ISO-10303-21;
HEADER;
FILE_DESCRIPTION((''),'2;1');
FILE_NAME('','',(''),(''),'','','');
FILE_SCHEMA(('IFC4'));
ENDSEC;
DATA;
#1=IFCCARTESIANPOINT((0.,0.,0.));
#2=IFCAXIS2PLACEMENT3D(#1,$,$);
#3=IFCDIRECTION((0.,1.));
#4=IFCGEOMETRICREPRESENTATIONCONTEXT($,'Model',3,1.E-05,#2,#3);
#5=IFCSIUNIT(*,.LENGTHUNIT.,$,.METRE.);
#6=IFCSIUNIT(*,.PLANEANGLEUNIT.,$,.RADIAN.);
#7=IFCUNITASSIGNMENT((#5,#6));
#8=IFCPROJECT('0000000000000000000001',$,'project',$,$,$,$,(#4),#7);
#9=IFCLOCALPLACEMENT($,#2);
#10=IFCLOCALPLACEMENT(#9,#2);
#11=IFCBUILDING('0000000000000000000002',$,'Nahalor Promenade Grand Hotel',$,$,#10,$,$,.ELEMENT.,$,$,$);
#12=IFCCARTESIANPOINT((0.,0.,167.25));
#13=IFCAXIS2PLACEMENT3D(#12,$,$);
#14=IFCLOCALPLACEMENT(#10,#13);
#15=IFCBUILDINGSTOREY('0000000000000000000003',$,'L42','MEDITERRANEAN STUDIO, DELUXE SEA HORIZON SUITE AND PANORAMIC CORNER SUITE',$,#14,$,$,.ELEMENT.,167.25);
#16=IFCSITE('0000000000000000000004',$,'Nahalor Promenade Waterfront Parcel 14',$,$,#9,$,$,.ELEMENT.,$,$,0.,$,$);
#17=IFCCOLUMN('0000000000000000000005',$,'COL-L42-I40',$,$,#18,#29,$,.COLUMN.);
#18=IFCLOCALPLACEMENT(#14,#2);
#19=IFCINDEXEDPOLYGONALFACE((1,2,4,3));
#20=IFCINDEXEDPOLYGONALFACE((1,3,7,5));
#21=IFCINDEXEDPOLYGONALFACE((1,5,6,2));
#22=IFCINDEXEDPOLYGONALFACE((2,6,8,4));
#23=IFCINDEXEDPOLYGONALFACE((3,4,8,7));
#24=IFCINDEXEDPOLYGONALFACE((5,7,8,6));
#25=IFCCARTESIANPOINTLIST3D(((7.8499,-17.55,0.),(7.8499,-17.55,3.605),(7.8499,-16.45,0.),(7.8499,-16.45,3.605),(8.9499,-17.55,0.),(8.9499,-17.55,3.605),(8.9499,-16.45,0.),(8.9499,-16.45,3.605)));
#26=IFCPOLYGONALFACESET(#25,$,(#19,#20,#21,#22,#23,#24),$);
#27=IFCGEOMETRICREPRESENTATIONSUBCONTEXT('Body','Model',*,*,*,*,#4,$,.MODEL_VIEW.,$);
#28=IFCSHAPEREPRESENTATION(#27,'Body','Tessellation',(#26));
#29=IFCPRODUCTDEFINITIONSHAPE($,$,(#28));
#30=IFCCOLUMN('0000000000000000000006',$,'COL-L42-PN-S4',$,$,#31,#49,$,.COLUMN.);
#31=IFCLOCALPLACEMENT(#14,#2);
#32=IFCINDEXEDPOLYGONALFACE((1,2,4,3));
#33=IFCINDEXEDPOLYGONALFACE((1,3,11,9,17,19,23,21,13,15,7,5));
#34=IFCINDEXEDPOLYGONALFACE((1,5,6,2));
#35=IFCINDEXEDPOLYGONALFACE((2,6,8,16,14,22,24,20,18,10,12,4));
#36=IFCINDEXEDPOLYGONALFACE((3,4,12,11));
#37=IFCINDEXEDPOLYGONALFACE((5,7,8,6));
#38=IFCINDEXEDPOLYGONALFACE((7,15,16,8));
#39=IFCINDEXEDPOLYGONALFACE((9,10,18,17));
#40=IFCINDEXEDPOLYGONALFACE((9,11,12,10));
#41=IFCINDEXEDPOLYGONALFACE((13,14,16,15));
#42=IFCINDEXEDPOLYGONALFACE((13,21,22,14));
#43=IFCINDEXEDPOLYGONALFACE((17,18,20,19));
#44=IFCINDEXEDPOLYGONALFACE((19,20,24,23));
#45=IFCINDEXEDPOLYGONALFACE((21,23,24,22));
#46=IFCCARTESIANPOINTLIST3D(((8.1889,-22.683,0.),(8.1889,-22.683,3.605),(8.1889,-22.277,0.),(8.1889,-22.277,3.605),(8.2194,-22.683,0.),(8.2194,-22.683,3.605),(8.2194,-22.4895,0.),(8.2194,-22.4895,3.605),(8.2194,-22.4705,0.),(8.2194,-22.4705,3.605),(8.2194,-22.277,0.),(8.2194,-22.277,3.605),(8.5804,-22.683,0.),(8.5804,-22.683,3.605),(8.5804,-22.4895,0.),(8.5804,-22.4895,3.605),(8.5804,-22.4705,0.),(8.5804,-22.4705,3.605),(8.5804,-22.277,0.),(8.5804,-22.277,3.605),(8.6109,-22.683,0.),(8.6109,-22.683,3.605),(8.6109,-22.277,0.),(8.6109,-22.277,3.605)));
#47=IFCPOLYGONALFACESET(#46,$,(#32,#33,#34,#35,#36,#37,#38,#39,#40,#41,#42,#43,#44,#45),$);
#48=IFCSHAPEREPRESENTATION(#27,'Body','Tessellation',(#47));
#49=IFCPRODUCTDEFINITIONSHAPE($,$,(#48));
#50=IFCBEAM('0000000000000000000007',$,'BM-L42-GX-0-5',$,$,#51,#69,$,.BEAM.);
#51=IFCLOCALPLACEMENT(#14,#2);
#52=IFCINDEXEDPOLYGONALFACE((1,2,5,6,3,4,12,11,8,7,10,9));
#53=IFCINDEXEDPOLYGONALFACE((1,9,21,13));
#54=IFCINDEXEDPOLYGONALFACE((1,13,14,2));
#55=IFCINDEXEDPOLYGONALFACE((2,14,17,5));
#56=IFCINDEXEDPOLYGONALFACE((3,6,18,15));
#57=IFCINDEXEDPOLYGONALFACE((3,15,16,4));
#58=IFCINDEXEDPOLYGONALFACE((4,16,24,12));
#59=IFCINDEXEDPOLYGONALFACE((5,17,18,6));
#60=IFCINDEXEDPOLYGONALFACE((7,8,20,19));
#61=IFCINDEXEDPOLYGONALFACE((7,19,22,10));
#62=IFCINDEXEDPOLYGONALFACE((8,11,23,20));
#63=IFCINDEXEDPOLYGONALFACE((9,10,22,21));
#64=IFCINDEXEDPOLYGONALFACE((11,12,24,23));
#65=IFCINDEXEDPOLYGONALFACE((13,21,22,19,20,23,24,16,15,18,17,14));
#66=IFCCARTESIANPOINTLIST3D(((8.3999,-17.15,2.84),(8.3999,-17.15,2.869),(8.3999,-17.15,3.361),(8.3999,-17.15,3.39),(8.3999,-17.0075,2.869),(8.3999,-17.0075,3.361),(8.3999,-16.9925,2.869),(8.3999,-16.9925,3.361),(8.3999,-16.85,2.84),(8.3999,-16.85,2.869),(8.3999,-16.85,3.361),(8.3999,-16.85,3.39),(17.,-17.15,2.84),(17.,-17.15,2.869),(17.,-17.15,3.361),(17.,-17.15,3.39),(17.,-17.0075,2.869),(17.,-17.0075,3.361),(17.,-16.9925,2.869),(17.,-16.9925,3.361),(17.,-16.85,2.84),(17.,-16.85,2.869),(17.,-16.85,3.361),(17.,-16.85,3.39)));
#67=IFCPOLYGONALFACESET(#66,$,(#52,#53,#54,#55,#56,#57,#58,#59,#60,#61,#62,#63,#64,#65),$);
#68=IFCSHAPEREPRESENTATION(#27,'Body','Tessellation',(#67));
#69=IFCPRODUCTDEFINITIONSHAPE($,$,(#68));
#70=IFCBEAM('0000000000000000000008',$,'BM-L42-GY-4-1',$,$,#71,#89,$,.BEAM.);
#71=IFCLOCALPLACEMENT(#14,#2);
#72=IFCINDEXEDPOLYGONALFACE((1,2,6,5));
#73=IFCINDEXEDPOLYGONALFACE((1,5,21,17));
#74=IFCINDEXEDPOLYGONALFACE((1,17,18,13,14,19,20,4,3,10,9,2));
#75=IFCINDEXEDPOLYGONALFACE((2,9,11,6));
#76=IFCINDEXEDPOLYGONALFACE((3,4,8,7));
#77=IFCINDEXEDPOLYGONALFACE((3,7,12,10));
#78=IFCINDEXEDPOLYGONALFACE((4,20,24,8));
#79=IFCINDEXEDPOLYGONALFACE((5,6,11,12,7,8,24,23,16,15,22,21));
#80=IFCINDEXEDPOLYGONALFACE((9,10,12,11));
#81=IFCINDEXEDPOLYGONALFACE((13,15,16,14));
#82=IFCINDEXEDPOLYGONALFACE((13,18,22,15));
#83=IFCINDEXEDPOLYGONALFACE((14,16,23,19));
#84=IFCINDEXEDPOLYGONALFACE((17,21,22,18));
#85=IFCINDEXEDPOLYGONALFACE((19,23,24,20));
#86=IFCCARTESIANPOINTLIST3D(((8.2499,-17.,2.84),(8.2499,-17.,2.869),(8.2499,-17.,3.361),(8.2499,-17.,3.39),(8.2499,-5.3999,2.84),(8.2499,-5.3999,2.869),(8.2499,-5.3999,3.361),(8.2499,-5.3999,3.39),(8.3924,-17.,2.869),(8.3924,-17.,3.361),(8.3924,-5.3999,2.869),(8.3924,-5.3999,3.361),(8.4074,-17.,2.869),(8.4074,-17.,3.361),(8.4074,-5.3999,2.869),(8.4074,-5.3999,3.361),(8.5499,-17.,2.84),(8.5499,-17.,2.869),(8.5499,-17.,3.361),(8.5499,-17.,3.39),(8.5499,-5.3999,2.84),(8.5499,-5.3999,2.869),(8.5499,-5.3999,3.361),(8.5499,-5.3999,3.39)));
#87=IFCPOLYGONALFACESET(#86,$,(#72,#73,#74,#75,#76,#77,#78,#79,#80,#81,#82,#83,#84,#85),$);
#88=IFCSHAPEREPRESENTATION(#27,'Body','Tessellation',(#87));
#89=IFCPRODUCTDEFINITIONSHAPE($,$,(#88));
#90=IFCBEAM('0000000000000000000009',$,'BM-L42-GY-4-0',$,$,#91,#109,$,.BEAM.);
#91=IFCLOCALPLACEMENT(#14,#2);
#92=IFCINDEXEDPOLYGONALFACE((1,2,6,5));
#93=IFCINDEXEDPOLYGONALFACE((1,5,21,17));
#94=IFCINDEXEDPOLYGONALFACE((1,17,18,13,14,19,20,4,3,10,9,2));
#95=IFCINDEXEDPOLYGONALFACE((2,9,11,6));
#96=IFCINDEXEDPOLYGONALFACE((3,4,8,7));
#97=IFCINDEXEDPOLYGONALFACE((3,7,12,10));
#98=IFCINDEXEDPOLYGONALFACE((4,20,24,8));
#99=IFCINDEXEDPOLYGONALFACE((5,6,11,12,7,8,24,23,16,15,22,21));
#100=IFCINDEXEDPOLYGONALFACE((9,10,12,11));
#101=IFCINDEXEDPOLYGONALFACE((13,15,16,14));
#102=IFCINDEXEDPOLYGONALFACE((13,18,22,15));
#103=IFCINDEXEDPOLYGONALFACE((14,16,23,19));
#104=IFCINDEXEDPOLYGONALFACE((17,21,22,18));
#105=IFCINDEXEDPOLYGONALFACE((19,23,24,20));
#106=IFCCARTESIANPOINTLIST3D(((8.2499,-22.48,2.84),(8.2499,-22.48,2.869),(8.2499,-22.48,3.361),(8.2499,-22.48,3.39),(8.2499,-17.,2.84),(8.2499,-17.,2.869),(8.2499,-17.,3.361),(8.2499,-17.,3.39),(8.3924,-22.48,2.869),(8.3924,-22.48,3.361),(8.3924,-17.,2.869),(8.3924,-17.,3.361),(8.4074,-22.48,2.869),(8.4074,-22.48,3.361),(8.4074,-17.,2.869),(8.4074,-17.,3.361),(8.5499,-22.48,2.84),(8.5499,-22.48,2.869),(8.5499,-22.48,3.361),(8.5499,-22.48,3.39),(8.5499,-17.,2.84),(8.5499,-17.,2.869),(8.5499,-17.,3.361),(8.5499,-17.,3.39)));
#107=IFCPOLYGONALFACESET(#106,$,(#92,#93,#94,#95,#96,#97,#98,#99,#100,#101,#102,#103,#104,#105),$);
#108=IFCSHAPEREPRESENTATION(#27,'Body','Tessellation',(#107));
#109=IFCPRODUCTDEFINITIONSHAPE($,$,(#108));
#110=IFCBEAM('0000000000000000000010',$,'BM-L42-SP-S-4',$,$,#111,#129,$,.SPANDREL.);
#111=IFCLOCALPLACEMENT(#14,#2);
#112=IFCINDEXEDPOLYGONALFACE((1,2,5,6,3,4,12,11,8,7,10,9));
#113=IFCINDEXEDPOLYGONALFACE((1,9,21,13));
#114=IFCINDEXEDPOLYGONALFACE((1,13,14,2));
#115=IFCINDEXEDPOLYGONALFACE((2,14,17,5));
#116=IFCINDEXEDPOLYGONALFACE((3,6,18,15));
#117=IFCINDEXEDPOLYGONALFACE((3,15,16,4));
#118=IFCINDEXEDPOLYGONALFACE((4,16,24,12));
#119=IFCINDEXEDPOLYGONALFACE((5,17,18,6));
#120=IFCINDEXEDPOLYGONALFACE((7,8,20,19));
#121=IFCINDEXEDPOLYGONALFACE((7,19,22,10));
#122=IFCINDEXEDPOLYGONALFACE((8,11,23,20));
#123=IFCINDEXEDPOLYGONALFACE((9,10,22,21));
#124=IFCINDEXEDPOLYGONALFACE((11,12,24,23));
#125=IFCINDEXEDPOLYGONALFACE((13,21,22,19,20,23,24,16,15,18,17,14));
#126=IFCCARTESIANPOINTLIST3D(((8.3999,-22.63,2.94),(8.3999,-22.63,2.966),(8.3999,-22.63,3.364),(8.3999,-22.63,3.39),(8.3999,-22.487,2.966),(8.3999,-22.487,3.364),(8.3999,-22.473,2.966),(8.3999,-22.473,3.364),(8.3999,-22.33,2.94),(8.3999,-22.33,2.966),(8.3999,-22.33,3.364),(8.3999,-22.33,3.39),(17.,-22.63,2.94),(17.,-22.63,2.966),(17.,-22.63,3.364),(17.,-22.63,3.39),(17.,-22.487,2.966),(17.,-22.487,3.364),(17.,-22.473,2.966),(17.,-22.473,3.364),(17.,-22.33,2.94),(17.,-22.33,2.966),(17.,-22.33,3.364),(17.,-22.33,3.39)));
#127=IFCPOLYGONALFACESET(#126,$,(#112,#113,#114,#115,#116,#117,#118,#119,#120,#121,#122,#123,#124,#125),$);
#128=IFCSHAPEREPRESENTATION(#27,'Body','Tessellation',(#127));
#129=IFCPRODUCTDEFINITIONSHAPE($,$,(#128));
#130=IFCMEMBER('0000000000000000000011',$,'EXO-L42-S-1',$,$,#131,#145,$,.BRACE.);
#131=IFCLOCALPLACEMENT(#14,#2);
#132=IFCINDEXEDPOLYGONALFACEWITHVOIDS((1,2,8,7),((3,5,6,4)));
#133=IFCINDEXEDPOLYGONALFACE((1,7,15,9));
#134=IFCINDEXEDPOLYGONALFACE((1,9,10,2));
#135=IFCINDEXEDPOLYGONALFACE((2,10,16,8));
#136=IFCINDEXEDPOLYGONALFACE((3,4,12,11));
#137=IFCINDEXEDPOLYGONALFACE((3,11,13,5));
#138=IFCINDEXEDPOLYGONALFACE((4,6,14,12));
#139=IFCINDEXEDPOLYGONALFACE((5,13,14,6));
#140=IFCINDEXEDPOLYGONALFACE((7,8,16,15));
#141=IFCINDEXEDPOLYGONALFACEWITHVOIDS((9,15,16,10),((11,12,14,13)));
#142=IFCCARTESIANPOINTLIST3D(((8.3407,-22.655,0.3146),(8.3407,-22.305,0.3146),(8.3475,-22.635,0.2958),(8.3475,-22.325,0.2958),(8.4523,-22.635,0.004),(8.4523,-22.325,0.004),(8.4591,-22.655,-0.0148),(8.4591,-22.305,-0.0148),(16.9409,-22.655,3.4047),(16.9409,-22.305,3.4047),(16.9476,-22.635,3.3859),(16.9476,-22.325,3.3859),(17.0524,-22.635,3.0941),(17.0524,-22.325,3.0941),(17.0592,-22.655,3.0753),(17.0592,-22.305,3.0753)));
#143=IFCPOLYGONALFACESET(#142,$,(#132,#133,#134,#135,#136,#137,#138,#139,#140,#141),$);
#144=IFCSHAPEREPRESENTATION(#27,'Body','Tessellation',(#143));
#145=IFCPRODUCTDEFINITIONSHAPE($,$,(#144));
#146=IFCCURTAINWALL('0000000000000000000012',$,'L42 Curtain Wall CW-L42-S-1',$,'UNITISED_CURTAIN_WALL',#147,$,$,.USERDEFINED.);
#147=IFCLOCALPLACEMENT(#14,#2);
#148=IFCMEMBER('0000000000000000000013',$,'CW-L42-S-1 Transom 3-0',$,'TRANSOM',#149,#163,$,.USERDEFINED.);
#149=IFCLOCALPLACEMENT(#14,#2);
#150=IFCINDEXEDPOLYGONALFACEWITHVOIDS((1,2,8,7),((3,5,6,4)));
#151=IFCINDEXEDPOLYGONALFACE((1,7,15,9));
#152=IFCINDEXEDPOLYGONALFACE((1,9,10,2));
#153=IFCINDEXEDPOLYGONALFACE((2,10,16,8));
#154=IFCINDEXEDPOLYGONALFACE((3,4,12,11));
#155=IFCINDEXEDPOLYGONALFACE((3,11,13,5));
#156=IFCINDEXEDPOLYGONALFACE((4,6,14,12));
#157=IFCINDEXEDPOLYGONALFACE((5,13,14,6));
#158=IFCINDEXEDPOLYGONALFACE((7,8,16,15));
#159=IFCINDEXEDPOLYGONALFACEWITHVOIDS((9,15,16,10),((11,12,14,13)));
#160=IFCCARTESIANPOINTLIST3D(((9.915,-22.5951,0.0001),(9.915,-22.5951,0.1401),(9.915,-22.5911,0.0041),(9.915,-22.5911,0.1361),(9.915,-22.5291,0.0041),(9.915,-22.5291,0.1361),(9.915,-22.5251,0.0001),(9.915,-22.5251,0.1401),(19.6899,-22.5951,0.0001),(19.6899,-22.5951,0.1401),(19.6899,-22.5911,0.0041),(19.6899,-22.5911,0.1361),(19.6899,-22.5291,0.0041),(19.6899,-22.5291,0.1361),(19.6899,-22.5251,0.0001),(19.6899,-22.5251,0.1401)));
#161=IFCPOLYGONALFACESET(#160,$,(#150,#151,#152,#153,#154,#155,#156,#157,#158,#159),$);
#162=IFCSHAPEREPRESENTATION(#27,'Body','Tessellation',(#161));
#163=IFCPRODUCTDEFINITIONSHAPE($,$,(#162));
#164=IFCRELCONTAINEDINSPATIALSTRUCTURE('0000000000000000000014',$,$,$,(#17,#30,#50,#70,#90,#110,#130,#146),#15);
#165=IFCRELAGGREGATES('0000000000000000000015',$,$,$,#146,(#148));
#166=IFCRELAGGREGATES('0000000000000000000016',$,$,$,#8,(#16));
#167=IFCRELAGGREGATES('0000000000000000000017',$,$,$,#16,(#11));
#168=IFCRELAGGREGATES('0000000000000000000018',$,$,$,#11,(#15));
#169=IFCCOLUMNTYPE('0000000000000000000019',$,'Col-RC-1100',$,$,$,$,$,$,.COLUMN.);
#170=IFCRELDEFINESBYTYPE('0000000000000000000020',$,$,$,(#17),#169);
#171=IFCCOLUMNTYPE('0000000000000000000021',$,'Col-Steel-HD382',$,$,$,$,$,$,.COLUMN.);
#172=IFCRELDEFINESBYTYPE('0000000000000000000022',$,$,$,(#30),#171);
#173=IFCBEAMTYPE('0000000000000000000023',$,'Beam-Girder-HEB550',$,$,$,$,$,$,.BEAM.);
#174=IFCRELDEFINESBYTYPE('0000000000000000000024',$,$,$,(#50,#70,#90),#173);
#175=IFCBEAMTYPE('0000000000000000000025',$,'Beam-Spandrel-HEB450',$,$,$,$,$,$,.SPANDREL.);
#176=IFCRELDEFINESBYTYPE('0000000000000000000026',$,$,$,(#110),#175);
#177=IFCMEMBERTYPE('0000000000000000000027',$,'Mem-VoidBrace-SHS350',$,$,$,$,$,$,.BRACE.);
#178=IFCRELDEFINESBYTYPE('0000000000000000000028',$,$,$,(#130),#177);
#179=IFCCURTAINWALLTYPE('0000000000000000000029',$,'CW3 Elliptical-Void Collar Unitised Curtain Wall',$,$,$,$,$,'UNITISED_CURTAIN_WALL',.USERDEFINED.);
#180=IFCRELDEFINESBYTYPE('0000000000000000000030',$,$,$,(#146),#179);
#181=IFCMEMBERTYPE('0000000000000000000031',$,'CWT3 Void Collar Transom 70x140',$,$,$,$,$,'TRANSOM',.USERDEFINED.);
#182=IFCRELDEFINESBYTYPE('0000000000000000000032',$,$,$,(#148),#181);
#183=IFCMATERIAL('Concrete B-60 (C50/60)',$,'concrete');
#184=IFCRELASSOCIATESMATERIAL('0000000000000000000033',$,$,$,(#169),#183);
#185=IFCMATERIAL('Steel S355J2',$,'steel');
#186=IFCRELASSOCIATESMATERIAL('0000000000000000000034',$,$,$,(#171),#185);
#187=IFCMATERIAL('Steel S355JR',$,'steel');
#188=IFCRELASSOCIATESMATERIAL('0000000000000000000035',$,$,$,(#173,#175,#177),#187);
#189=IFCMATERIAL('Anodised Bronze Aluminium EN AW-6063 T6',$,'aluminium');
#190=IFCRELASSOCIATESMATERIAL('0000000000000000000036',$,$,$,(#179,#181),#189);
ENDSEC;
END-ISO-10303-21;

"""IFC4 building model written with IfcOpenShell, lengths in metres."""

from ifc_helpers import new_model, si_unit, direction, frame, origin, origin_2d, place, context, subcontext, project, spatial, rectangle, hollow_rectangle, i_section, extrude, source, transform, mapped, material, material_profile, profile_set, type_object, element, aggregate, save


model = new_model("IFC4")

# Units and contexts
model_context = context("Model", 3, precision=1e-05, world=origin(), true_north=direction((0.0, 1.0)))
body_context = subcontext(model_context, "Body", "Model", "MODEL_VIEW")
ifc_project = project(units=[si_unit("LENGTHUNIT", "METRE"), si_unit("PLANEANGLEUNIT", "RADIAN")], contexts=[model_context])

# Site, building, storey
site_placement = place(None, origin())
site = spatial("IfcSite", under=ifc_project, at=site_placement, Name="Nahalor Promenade Waterfront Parcel 14", CompositionType="ELEMENT", RefElevation=0.0)
building_placement = place(site_placement, origin())
building = spatial("IfcBuilding", under=site, at=building_placement, Name="Nahalor Promenade Grand Hotel", CompositionType="ELEMENT")
storey_placement = place(building_placement, frame((0.0, 0.0, 167.25)))
storey = spatial("IfcBuildingStorey", under=building, at=storey_placement, Name="L42", Description="MEDITERRANEAN STUDIO, DELUXE SEA HORIZON SUITE AND PANORAMIC CORNER SUITE", CompositionType="ELEMENT", Elevation=167.25)

# Columns
ifc_material_1 = material(Name="Concrete B-60 (C50/60)", Category="concrete")
ifc_material_profile_1 = material_profile(ifc_material_1, rectangle(XDim=1.1, YDim=1.1, at=origin_2d()), Name="RC 1100x1100")
ifc_profile_set_1 = profile_set([ifc_material_profile_1], Name="Concrete B-60 (C50/60)")
column_type_1 = type_object("IfcColumnType", Name="Col-RC-1100", PredefinedType="COLUMN", material=ifc_profile_set_1)
shared_shape_1 = source(origin(), body_context, "Body", "SweptSolid", [
    extrude(rectangle(XDim=1.1, YDim=1.1, at=origin_2d()), origin(), (0.0, 0.0, 1.0), 3.605),
])
column_1_placement = place(storey_placement, frame((8.3999, -17.0, 0.0), z_axis=(0.0, 0.0, 1.0), x_axis=(1.0, 0.0, 0.0)))
element("IfcColumn", 1, at=column_1_placement, inside=storey, type_object=column_type_1, Name="COL-L42-I40", PredefinedType="COLUMN", context=body_context, shape_type="MappedRepresentation", body=[
    mapped(shared_shape_1, transform((0.0, 0.0, 0.0), scale=1.0)),
])
ifc_material_2 = material(Name="Steel S355J2", Category="steel")
ifc_material_profile_2 = material_profile(ifc_material_2, i_section(OverallWidth=0.406, OverallDepth=0.422, WebThickness=0.019, FlangeThickness=0.0305, at=origin_2d()), Name="HD 400x382")
ifc_profile_set_2 = profile_set([ifc_material_profile_2], Name="Steel S355J2")
column_type_2 = type_object("IfcColumnType", Name="Col-Steel-HD382", PredefinedType="COLUMN", material=ifc_profile_set_2)
shared_shape_2 = source(origin(), body_context, "Body", "SweptSolid", [
    extrude(i_section(OverallWidth=0.406, OverallDepth=0.422, WebThickness=0.019, FlangeThickness=0.0305, at=origin_2d()), origin(), (0.0, 0.0, 1.0), 3.605),
])
column_2_placement = place(storey_placement, frame((8.3999, -22.48, 0.0), z_axis=(0.0, 0.0, 1.0), x_axis=(0.0, 1.0, 0.0)))
element("IfcColumn", 2, at=column_2_placement, inside=storey, type_object=column_type_2, Name="COL-L42-PN-S4", PredefinedType="COLUMN", context=body_context, shape_type="MappedRepresentation", body=[
    mapped(shared_shape_2, transform((0.0, 0.0, 0.0), scale=1.0)),
])

# Beams
ifc_material_3 = material(Name="Steel S355JR", Category="steel")
ifc_material_profile_3 = material_profile(ifc_material_3, i_section(OverallWidth=0.3, OverallDepth=0.55, WebThickness=0.015, FlangeThickness=0.029, at=origin_2d()), Name="HEB 550")
ifc_profile_set_3 = profile_set([ifc_material_profile_3], Name="Steel S355JR")
beam_type_1 = type_object("IfcBeamType", Name="Beam-Girder-HEB550", PredefinedType="BEAM", material=ifc_profile_set_3)
shared_shape_3 = source(origin(), body_context, "Body", "SweptSolid", [
    extrude(i_section(OverallWidth=0.3, OverallDepth=0.55, WebThickness=0.015, FlangeThickness=0.029, at=origin_2d()), origin(), (0.0, 0.0, 1.0), 8.6001),
])
beam_1_placement = place(storey_placement, frame((8.3999, -17.0, 3.115), z_axis=(1.0, 0.0, 0.0), x_axis=(0.0, 1.0, 0.0)))
element("IfcBeam", 3, at=beam_1_placement, inside=storey, type_object=beam_type_1, Name="BM-L42-GX-0-5", PredefinedType="BEAM", context=body_context, shape_type="MappedRepresentation", body=[
    mapped(shared_shape_3, transform((0.0, 0.0, 0.0), scale=1.0)),
])
shared_shape_4 = source(origin(), body_context, "Body", "SweptSolid", [
    extrude(i_section(OverallWidth=0.3, OverallDepth=0.55, WebThickness=0.015, FlangeThickness=0.029, at=origin_2d()), origin(), (0.0, 0.0, 1.0), 11.6001),
])
beam_2_placement = place(storey_placement, frame((8.3999, -17.0, 3.115), z_axis=(0.0, 1.0, 0.0), x_axis=(-1.0, 0.0, 0.0)))
element("IfcBeam", 4, at=beam_2_placement, inside=storey, type_object=beam_type_1, Name="BM-L42-GY-4-1", PredefinedType="BEAM", context=body_context, shape_type="MappedRepresentation", body=[
    mapped(shared_shape_4, transform((0.0, 0.0, 0.0), scale=1.0)),
])
shared_shape_5 = source(origin(), body_context, "Body", "SweptSolid", [
    extrude(i_section(OverallWidth=0.3, OverallDepth=0.55, WebThickness=0.015, FlangeThickness=0.029, at=origin_2d()), origin(), (0.0, 0.0, 1.0), 5.48),
])
beam_3_placement = place(storey_placement, frame((8.3999, -22.48, 3.115), z_axis=(0.0, 1.0, 0.0), x_axis=(-1.0, 0.0, 0.0)))
element("IfcBeam", 5, at=beam_3_placement, inside=storey, type_object=beam_type_1, Name="BM-L42-GY-4-0", PredefinedType="BEAM", context=body_context, shape_type="MappedRepresentation", body=[
    mapped(shared_shape_5, transform((0.0, 0.0, 0.0), scale=1.0)),
])
ifc_material_profile_4 = material_profile(ifc_material_3, i_section(OverallWidth=0.3, OverallDepth=0.45, WebThickness=0.014, FlangeThickness=0.026, at=origin_2d()), Name="HEB 450")
ifc_profile_set_4 = profile_set([ifc_material_profile_4], Name="Steel S355JR")
beam_type_2 = type_object("IfcBeamType", Name="Beam-Spandrel-HEB450", PredefinedType="SPANDREL", material=ifc_profile_set_4)
shared_shape_6 = source(origin(), body_context, "Body", "SweptSolid", [
    extrude(i_section(OverallWidth=0.3, OverallDepth=0.45, WebThickness=0.014, FlangeThickness=0.026, at=origin_2d()), origin(), (0.0, 0.0, 1.0), 8.6001),
])
beam_4_placement = place(storey_placement, frame((8.3999, -22.48, 3.165), z_axis=(1.0, 0.0, 0.0), x_axis=(0.0, 1.0, 0.0)))
element("IfcBeam", 6, at=beam_4_placement, inside=storey, type_object=beam_type_2, Name="BM-L42-SP-S-4", PredefinedType="SPANDREL", context=body_context, shape_type="MappedRepresentation", body=[
    mapped(shared_shape_6, transform((0.0, 0.0, 0.0), scale=1.0)),
])

# Member
ifc_material_profile_5 = material_profile(ifc_material_3, hollow_rectangle(XDim=0.35, YDim=0.35, WallThickness=0.02, at=origin_2d()), Name="SHS 350x350x20")
ifc_profile_set_5 = profile_set([ifc_material_profile_5], Name="Steel S355JR")
member_type_1 = type_object("IfcMemberType", Name="Mem-VoidBrace-SHS350", PredefinedType="BRACE", material=ifc_profile_set_5)
shared_shape_7 = source(origin(), body_context, "Body", "SweptSolid", [
    extrude(hollow_rectangle(XDim=0.35, YDim=0.35, WallThickness=0.02, at=origin_2d()), origin(), (0.0, 0.0, 1.0), 9.1384),
])
member_1_placement = place(storey_placement, frame((8.3999, -22.48, 0.1499), z_axis=(0.941095, 0.0, 0.338143), x_axis=(0.0, 1.0, 0.0)))
element("IfcMember", 7, at=member_1_placement, inside=storey, type_object=member_type_1, Name="EXO-L42-S-1", PredefinedType="BRACE", context=body_context, shape_type="MappedRepresentation", body=[
    mapped(shared_shape_7, transform((0.0, 0.0, 0.0), scale=1.0)),
])

# Curtain wall, member
ifc_material_4 = material(Name="Anodised Bronze Aluminium EN AW-6063 T6", Category="aluminium")
curtain_wall_type = type_object("IfcCurtainWallType", Name="CW3 Elliptical-Void Collar Unitised Curtain Wall", ElementType="UNITISED_CURTAIN_WALL", PredefinedType="USERDEFINED", material=ifc_material_4)
curtain_wall_placement = place(storey_placement, origin())
curtain_wall = element("IfcCurtainWall", 8, at=curtain_wall_placement, inside=storey, type_object=curtain_wall_type, Name="L42 Curtain Wall CW-L42-S-1", ObjectType="UNITISED_CURTAIN_WALL", PredefinedType="USERDEFINED")
ifc_material_profile_6 = material_profile(ifc_material_4, hollow_rectangle(XDim=0.07, YDim=0.14, WallThickness=0.004, at=origin_2d()), Name="CWT 70x140x4")
ifc_profile_set_6 = profile_set([ifc_material_profile_6], Name="Anodised Bronze Aluminium EN AW-6063 T6")
member_type_2 = type_object("IfcMemberType", Name="CWT3 Void Collar Transom 70x140", ElementType="TRANSOM", PredefinedType="USERDEFINED", material=ifc_profile_set_6)
shared_shape_8 = source(origin(), body_context, "Body", "SweptSolid", [
    extrude(hollow_rectangle(XDim=0.07, YDim=0.14, WallThickness=0.004, at=origin_2d()), origin(), (0.0, 0.0, 1.0), 9.7749),
])
member_2_placement = place(storey_placement, frame((9.915, -22.5601, 0.0701), z_axis=(1.0, 0.0, 0.0), x_axis=(0.0, 1.0, 0.0)))
member_2 = element("IfcMember", 9, at=member_2_placement, type_object=member_type_2, Name="CW-L42-S-1 Transom 3-0", ObjectType="TRANSOM", PredefinedType="USERDEFINED", context=body_context, shape_type="MappedRepresentation", body=[
    mapped(shared_shape_8, transform((0.0, 0.0, 0.0), scale=1.0)),
])
aggregate(curtain_wall, [member_2])

save(model, "model.ifc")
